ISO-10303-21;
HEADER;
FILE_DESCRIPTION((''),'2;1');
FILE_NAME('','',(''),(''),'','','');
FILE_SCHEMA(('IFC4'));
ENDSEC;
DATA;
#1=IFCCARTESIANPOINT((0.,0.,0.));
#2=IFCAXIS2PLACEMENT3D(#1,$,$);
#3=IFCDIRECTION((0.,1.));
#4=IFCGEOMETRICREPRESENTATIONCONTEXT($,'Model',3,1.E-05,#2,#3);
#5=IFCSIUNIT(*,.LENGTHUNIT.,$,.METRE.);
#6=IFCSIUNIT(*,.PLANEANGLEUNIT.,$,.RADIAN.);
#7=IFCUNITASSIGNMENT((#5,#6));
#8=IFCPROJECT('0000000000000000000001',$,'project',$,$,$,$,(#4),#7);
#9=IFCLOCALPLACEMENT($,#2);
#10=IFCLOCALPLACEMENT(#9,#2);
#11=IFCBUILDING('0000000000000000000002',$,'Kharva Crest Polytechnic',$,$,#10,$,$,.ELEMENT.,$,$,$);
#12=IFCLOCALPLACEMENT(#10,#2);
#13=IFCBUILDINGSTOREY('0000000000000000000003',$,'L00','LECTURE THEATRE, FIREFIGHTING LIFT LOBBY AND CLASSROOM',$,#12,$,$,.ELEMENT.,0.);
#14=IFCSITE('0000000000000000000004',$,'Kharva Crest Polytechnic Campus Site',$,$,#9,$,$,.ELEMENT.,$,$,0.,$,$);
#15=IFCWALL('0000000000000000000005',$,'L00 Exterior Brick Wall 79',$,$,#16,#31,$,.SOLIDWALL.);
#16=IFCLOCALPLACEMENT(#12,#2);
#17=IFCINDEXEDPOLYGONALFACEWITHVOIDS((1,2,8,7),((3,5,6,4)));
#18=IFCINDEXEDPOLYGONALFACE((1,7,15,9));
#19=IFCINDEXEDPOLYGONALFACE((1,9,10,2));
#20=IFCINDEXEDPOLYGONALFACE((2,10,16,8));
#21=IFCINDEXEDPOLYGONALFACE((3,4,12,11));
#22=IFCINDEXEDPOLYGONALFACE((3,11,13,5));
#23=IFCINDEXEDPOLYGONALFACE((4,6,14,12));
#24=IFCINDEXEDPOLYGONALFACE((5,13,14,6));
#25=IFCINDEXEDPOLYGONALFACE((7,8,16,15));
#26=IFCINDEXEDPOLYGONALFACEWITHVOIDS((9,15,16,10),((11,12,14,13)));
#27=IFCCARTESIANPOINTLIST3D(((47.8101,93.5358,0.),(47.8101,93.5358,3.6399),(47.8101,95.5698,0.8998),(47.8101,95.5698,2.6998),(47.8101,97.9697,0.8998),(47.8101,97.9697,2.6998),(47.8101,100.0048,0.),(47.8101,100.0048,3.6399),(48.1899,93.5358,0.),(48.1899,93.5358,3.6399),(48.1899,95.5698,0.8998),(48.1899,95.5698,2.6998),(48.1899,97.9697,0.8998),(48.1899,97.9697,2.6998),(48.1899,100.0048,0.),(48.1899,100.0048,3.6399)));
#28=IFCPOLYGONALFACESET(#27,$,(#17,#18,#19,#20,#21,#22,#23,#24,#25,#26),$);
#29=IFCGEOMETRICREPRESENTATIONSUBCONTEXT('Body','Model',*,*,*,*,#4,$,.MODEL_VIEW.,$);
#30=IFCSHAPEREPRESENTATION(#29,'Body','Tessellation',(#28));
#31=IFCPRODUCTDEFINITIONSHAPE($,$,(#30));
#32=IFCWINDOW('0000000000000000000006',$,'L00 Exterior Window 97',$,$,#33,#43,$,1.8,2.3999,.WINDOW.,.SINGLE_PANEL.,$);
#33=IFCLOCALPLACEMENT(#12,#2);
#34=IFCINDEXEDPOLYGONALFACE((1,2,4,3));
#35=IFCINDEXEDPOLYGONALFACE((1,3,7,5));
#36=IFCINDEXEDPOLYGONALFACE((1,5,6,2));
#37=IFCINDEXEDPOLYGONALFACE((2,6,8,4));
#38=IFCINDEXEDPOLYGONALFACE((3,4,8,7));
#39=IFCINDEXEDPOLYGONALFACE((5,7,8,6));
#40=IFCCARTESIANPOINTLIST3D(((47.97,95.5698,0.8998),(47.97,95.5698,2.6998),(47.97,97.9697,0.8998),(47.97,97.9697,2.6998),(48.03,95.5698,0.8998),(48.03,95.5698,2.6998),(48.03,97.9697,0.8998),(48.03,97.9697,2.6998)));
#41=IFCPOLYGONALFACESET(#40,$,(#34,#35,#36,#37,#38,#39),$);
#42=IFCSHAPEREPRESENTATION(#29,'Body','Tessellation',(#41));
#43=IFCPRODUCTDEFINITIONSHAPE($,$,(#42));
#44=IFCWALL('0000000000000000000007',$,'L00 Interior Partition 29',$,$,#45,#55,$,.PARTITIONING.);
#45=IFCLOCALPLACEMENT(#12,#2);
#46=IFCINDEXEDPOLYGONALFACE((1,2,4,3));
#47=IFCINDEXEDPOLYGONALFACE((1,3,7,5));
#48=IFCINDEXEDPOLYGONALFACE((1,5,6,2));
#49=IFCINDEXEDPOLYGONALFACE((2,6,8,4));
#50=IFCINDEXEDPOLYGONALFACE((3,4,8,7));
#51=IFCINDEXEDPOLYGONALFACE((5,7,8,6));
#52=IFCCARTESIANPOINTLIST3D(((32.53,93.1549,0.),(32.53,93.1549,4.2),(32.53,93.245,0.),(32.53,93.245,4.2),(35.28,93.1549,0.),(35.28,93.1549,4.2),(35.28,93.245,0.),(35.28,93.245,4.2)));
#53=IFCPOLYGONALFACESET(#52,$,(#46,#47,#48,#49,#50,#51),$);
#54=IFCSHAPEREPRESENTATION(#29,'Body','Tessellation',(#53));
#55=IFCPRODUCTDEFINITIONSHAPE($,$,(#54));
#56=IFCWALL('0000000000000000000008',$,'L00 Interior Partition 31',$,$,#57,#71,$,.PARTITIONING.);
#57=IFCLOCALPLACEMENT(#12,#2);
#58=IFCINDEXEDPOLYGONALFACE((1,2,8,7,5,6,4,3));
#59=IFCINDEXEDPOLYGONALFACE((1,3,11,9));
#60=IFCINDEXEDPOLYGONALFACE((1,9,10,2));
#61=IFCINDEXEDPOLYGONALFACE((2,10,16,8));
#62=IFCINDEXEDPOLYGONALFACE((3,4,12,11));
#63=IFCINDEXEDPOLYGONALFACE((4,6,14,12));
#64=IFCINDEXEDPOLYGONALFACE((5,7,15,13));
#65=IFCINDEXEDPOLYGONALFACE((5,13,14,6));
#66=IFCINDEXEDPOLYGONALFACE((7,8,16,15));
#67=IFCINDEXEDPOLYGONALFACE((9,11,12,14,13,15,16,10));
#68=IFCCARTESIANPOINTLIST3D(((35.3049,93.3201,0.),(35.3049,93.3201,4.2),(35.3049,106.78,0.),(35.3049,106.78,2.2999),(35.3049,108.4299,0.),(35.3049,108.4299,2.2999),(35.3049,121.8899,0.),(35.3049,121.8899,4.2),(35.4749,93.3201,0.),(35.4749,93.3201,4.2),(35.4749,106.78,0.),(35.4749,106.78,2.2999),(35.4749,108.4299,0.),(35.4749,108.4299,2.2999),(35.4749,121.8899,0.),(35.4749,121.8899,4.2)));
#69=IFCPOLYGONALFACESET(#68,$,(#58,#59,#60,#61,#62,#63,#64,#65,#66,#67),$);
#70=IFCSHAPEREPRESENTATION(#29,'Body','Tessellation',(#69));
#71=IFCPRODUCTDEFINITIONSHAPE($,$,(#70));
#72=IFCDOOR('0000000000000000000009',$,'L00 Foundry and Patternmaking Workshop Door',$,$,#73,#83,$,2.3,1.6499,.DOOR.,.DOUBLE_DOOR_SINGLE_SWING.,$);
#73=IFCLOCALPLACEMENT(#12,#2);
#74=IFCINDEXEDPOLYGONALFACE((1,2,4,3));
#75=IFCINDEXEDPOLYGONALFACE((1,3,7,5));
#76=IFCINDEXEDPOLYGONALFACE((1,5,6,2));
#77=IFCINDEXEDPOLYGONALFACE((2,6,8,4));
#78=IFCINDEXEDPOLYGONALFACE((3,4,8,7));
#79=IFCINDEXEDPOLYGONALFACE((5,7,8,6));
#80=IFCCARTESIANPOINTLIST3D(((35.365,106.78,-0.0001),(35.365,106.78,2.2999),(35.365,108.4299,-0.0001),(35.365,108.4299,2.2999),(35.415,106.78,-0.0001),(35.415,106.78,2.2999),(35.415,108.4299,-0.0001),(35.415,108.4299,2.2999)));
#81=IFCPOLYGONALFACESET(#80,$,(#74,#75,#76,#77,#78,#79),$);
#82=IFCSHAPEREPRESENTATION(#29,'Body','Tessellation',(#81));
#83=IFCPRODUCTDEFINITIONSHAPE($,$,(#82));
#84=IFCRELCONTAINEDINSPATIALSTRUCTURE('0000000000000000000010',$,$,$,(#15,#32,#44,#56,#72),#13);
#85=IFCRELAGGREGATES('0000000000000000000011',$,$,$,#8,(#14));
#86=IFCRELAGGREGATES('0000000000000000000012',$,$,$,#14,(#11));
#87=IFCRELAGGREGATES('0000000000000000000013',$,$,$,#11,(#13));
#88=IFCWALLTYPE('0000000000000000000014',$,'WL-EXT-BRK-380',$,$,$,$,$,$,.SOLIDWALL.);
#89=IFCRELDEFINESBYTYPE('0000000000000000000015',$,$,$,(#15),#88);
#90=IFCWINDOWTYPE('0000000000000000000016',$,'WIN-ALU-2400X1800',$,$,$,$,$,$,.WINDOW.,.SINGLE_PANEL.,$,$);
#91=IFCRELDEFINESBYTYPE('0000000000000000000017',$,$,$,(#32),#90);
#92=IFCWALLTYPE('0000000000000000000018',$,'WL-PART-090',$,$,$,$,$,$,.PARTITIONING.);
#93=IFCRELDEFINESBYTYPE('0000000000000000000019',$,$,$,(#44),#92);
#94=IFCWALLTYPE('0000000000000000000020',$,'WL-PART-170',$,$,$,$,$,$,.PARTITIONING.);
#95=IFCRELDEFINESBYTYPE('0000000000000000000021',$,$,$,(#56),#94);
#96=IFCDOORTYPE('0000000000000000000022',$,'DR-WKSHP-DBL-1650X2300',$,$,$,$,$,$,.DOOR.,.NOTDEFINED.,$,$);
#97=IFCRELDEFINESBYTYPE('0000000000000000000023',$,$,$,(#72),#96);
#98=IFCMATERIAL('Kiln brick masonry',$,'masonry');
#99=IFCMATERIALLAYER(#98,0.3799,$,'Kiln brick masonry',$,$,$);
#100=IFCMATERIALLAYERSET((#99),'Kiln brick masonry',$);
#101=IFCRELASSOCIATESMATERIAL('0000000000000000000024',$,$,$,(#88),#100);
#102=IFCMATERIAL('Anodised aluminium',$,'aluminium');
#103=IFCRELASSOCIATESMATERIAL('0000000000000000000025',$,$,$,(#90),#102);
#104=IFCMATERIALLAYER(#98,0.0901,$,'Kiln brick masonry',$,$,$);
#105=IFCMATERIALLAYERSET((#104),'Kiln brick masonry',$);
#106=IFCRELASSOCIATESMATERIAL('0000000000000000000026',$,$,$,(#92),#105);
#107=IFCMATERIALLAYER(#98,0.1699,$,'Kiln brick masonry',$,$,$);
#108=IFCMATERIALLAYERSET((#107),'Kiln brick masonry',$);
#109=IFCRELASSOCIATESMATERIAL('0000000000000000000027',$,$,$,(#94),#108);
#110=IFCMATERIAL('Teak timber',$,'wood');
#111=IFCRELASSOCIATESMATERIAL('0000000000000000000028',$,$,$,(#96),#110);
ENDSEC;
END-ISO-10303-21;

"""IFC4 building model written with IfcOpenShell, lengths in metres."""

from ifc_helpers import new_model, si_unit, direction, frame, frame_2d, origin, place, context, subcontext, project, spatial, rectangle, extrude, material, layer, layer_set, type_object, element, fill, save


model = new_model("IFC4")

# Units and contexts
model_context = context("Model", 3, precision=1e-05, world=origin(), true_north=direction((0.0, 1.0)))
body_context = subcontext(model_context, "Body", "Model", "MODEL_VIEW")
ifc_project = project(units=[si_unit("LENGTHUNIT", "METRE"), si_unit("PLANEANGLEUNIT", "RADIAN")], contexts=[model_context])

# Site, building, storey
site_placement = place(None, origin())
site = spatial("IfcSite", under=ifc_project, at=site_placement, Name="Kharva Crest Polytechnic Campus Site", CompositionType="ELEMENT", RefElevation=0.0)
building_placement = place(site_placement, origin())
building = spatial("IfcBuilding", under=site, at=building_placement, Name="Kharva Crest Polytechnic", CompositionType="ELEMENT")
storey_placement = place(building_placement, origin())
storey = spatial("IfcBuildingStorey", under=building, at=storey_placement, Name="L00", Description="LECTURE THEATRE, FIREFIGHTING LIFT LOBBY AND CLASSROOM", CompositionType="ELEMENT", Elevation=0.0)

# Wall, opening, window
ifc_material_1 = material(Name="Kiln brick masonry", Category="masonry")
ifc_layer_1 = layer(ifc_material_1, 0.3799, Name="Kiln brick masonry")
ifc_layer_set_1 = layer_set([ifc_layer_1], Name="Kiln brick masonry")
wall_type_1 = type_object("IfcWallType", Name="WL-EXT-BRK-380", PredefinedType="SOLIDWALL", material=ifc_layer_set_1)
wall_1_placement = place(storey_placement, frame((48.0, 93.5359, 0.0), z_axis=(0.0, 0.0, 1.0), x_axis=(0.0, 1.0, 0.0)))
wall_1 = element("IfcWall", 1, at=wall_1_placement, inside=storey, type_object=wall_type_1, Name="L00 Exterior Brick Wall 79", PredefinedType="SOLIDWALL", context=body_context, shape_type="SweptSolid", body=[
    extrude(rectangle(XDim=6.469, YDim=0.3799, at=frame_2d((3.2344, 0.0))), origin(), (0.0, 0.0, 1.0), 3.6399),
])
opening_1_placement = place(wall_1_placement, frame((2.0339, 0.0, 0.8999)))
opening_1 = element("IfcOpeningElement", 2, at=opening_1_placement, cuts=wall_1, PredefinedType="OPENING", context=body_context, shape_type="SweptSolid", body=[
    extrude(rectangle(XDim=2.3999, YDim=1.8, at=frame_2d((1.2, 0.8999))), frame((0.0, 0.2, 0.0), z_axis=(0.0, -1.0, 0.0), x_axis=(1.0, 0.0, 0.0)), (0.0, 0.0, 1.0), 0.3999),
])
ifc_material_2 = material(Name="Anodised aluminium", Category="aluminium")
window_type = type_object("IfcWindowType", Name="WIN-ALU-2400X1800", PartitioningType="SINGLE_PANEL", PredefinedType="WINDOW", material=ifc_material_2)
window_placement = place(opening_1_placement, origin())
window = element("IfcWindow", 3, at=window_placement, inside=storey, type_object=window_type, Name="L00 Exterior Window 97", OverallHeight=1.8, OverallWidth=2.3999, PartitioningType="SINGLE_PANEL", PredefinedType="WINDOW", context=body_context, shape_type="SweptSolid", body=[
    extrude(rectangle(XDim=2.3999, YDim=1.8, at=frame_2d((1.2, 0.8999))), frame((0.0, 0.03, 0.0), z_axis=(0.0, -1.0, 0.0), x_axis=(1.0, 0.0, 0.0)), (0.0, 0.0, 1.0), 0.0601),
])
fill(opening_1, window)

# Wall
ifc_layer_2 = layer(ifc_material_1, 0.0901, Name="Kiln brick masonry")
ifc_layer_set_2 = layer_set([ifc_layer_2], Name="Kiln brick masonry")
wall_type_2 = type_object("IfcWallType", Name="WL-PART-090", PredefinedType="PARTITIONING", material=ifc_layer_set_2)
wall_2_placement = place(storey_placement, frame((32.53, 93.2, 0.0), z_axis=(0.0, 0.0, 1.0), x_axis=(1.0, 0.0, 0.0)))
element("IfcWall", 4, at=wall_2_placement, inside=storey, type_object=wall_type_2, Name="L00 Interior Partition 29", PredefinedType="PARTITIONING", context=body_context, shape_type="SweptSolid", body=[
    extrude(rectangle(XDim=2.75, YDim=0.0901, at=frame_2d((1.375, 0.0))), origin(), (0.0, 0.0, 1.0), 4.2),
])

# Wall, opening, door
ifc_layer_3 = layer(ifc_material_1, 0.1699, Name="Kiln brick masonry")
ifc_layer_set_3 = layer_set([ifc_layer_3], Name="Kiln brick masonry")
wall_type_3 = type_object("IfcWallType", Name="WL-PART-170", PredefinedType="PARTITIONING", material=ifc_layer_set_3)
wall_3_placement = place(storey_placement, frame((35.3899, 93.3201, 0.0), z_axis=(0.0, 0.0, 1.0), x_axis=(0.0, 1.0, 0.0)))
wall_3 = element("IfcWall", 5, at=wall_3_placement, inside=storey, type_object=wall_type_3, Name="L00 Interior Partition 31", PredefinedType="PARTITIONING", context=body_context, shape_type="SweptSolid", body=[
    extrude(rectangle(XDim=28.5698, YDim=0.1699, at=frame_2d((14.2849, 0.0))), origin(), (0.0, 0.0, 1.0), 4.2),
])
opening_2_placement = place(wall_3_placement, frame((13.46, 0.0, 0.0)))
opening_2 = element("IfcOpeningElement", 6, at=opening_2_placement, cuts=wall_3, PredefinedType="OPENING", context=body_context, shape_type="SweptSolid", body=[
    extrude(rectangle(XDim=1.6499, YDim=2.3, at=frame_2d((0.825, 1.1499))), frame((0.0, 0.095, 0.0), z_axis=(0.0, -1.0, 0.0), x_axis=(1.0, 0.0, 0.0)), (0.0, 0.0, 1.0), 0.1899),
])
ifc_material_3 = material(Name="Teak timber", Category="wood")
door_type = type_object("IfcDoorType", Name="DR-WKSHP-DBL-1650X2300", OperationType="NOTDEFINED", PredefinedType="DOOR", material=ifc_material_3)
door_placement = place(opening_2_placement, origin())
door = element("IfcDoor", 7, at=door_placement, inside=storey, type_object=door_type, Name="L00 Foundry and Patternmaking Workshop Door", OperationType="DOUBLE_DOOR_SINGLE_SWING", OverallHeight=2.3, OverallWidth=1.6499, PredefinedType="DOOR", context=body_context, shape_type="SweptSolid", body=[
    extrude(rectangle(XDim=1.6499, YDim=2.3, at=frame_2d((0.825, 1.1499))), frame((0.0, 0.0249, 0.0), z_axis=(0.0, -1.0, 0.0), x_axis=(1.0, 0.0, 0.0)), (0.0, 0.0, 1.0), 0.05),
])
fill(opening_2, door)

save(model, "model.ifc")
